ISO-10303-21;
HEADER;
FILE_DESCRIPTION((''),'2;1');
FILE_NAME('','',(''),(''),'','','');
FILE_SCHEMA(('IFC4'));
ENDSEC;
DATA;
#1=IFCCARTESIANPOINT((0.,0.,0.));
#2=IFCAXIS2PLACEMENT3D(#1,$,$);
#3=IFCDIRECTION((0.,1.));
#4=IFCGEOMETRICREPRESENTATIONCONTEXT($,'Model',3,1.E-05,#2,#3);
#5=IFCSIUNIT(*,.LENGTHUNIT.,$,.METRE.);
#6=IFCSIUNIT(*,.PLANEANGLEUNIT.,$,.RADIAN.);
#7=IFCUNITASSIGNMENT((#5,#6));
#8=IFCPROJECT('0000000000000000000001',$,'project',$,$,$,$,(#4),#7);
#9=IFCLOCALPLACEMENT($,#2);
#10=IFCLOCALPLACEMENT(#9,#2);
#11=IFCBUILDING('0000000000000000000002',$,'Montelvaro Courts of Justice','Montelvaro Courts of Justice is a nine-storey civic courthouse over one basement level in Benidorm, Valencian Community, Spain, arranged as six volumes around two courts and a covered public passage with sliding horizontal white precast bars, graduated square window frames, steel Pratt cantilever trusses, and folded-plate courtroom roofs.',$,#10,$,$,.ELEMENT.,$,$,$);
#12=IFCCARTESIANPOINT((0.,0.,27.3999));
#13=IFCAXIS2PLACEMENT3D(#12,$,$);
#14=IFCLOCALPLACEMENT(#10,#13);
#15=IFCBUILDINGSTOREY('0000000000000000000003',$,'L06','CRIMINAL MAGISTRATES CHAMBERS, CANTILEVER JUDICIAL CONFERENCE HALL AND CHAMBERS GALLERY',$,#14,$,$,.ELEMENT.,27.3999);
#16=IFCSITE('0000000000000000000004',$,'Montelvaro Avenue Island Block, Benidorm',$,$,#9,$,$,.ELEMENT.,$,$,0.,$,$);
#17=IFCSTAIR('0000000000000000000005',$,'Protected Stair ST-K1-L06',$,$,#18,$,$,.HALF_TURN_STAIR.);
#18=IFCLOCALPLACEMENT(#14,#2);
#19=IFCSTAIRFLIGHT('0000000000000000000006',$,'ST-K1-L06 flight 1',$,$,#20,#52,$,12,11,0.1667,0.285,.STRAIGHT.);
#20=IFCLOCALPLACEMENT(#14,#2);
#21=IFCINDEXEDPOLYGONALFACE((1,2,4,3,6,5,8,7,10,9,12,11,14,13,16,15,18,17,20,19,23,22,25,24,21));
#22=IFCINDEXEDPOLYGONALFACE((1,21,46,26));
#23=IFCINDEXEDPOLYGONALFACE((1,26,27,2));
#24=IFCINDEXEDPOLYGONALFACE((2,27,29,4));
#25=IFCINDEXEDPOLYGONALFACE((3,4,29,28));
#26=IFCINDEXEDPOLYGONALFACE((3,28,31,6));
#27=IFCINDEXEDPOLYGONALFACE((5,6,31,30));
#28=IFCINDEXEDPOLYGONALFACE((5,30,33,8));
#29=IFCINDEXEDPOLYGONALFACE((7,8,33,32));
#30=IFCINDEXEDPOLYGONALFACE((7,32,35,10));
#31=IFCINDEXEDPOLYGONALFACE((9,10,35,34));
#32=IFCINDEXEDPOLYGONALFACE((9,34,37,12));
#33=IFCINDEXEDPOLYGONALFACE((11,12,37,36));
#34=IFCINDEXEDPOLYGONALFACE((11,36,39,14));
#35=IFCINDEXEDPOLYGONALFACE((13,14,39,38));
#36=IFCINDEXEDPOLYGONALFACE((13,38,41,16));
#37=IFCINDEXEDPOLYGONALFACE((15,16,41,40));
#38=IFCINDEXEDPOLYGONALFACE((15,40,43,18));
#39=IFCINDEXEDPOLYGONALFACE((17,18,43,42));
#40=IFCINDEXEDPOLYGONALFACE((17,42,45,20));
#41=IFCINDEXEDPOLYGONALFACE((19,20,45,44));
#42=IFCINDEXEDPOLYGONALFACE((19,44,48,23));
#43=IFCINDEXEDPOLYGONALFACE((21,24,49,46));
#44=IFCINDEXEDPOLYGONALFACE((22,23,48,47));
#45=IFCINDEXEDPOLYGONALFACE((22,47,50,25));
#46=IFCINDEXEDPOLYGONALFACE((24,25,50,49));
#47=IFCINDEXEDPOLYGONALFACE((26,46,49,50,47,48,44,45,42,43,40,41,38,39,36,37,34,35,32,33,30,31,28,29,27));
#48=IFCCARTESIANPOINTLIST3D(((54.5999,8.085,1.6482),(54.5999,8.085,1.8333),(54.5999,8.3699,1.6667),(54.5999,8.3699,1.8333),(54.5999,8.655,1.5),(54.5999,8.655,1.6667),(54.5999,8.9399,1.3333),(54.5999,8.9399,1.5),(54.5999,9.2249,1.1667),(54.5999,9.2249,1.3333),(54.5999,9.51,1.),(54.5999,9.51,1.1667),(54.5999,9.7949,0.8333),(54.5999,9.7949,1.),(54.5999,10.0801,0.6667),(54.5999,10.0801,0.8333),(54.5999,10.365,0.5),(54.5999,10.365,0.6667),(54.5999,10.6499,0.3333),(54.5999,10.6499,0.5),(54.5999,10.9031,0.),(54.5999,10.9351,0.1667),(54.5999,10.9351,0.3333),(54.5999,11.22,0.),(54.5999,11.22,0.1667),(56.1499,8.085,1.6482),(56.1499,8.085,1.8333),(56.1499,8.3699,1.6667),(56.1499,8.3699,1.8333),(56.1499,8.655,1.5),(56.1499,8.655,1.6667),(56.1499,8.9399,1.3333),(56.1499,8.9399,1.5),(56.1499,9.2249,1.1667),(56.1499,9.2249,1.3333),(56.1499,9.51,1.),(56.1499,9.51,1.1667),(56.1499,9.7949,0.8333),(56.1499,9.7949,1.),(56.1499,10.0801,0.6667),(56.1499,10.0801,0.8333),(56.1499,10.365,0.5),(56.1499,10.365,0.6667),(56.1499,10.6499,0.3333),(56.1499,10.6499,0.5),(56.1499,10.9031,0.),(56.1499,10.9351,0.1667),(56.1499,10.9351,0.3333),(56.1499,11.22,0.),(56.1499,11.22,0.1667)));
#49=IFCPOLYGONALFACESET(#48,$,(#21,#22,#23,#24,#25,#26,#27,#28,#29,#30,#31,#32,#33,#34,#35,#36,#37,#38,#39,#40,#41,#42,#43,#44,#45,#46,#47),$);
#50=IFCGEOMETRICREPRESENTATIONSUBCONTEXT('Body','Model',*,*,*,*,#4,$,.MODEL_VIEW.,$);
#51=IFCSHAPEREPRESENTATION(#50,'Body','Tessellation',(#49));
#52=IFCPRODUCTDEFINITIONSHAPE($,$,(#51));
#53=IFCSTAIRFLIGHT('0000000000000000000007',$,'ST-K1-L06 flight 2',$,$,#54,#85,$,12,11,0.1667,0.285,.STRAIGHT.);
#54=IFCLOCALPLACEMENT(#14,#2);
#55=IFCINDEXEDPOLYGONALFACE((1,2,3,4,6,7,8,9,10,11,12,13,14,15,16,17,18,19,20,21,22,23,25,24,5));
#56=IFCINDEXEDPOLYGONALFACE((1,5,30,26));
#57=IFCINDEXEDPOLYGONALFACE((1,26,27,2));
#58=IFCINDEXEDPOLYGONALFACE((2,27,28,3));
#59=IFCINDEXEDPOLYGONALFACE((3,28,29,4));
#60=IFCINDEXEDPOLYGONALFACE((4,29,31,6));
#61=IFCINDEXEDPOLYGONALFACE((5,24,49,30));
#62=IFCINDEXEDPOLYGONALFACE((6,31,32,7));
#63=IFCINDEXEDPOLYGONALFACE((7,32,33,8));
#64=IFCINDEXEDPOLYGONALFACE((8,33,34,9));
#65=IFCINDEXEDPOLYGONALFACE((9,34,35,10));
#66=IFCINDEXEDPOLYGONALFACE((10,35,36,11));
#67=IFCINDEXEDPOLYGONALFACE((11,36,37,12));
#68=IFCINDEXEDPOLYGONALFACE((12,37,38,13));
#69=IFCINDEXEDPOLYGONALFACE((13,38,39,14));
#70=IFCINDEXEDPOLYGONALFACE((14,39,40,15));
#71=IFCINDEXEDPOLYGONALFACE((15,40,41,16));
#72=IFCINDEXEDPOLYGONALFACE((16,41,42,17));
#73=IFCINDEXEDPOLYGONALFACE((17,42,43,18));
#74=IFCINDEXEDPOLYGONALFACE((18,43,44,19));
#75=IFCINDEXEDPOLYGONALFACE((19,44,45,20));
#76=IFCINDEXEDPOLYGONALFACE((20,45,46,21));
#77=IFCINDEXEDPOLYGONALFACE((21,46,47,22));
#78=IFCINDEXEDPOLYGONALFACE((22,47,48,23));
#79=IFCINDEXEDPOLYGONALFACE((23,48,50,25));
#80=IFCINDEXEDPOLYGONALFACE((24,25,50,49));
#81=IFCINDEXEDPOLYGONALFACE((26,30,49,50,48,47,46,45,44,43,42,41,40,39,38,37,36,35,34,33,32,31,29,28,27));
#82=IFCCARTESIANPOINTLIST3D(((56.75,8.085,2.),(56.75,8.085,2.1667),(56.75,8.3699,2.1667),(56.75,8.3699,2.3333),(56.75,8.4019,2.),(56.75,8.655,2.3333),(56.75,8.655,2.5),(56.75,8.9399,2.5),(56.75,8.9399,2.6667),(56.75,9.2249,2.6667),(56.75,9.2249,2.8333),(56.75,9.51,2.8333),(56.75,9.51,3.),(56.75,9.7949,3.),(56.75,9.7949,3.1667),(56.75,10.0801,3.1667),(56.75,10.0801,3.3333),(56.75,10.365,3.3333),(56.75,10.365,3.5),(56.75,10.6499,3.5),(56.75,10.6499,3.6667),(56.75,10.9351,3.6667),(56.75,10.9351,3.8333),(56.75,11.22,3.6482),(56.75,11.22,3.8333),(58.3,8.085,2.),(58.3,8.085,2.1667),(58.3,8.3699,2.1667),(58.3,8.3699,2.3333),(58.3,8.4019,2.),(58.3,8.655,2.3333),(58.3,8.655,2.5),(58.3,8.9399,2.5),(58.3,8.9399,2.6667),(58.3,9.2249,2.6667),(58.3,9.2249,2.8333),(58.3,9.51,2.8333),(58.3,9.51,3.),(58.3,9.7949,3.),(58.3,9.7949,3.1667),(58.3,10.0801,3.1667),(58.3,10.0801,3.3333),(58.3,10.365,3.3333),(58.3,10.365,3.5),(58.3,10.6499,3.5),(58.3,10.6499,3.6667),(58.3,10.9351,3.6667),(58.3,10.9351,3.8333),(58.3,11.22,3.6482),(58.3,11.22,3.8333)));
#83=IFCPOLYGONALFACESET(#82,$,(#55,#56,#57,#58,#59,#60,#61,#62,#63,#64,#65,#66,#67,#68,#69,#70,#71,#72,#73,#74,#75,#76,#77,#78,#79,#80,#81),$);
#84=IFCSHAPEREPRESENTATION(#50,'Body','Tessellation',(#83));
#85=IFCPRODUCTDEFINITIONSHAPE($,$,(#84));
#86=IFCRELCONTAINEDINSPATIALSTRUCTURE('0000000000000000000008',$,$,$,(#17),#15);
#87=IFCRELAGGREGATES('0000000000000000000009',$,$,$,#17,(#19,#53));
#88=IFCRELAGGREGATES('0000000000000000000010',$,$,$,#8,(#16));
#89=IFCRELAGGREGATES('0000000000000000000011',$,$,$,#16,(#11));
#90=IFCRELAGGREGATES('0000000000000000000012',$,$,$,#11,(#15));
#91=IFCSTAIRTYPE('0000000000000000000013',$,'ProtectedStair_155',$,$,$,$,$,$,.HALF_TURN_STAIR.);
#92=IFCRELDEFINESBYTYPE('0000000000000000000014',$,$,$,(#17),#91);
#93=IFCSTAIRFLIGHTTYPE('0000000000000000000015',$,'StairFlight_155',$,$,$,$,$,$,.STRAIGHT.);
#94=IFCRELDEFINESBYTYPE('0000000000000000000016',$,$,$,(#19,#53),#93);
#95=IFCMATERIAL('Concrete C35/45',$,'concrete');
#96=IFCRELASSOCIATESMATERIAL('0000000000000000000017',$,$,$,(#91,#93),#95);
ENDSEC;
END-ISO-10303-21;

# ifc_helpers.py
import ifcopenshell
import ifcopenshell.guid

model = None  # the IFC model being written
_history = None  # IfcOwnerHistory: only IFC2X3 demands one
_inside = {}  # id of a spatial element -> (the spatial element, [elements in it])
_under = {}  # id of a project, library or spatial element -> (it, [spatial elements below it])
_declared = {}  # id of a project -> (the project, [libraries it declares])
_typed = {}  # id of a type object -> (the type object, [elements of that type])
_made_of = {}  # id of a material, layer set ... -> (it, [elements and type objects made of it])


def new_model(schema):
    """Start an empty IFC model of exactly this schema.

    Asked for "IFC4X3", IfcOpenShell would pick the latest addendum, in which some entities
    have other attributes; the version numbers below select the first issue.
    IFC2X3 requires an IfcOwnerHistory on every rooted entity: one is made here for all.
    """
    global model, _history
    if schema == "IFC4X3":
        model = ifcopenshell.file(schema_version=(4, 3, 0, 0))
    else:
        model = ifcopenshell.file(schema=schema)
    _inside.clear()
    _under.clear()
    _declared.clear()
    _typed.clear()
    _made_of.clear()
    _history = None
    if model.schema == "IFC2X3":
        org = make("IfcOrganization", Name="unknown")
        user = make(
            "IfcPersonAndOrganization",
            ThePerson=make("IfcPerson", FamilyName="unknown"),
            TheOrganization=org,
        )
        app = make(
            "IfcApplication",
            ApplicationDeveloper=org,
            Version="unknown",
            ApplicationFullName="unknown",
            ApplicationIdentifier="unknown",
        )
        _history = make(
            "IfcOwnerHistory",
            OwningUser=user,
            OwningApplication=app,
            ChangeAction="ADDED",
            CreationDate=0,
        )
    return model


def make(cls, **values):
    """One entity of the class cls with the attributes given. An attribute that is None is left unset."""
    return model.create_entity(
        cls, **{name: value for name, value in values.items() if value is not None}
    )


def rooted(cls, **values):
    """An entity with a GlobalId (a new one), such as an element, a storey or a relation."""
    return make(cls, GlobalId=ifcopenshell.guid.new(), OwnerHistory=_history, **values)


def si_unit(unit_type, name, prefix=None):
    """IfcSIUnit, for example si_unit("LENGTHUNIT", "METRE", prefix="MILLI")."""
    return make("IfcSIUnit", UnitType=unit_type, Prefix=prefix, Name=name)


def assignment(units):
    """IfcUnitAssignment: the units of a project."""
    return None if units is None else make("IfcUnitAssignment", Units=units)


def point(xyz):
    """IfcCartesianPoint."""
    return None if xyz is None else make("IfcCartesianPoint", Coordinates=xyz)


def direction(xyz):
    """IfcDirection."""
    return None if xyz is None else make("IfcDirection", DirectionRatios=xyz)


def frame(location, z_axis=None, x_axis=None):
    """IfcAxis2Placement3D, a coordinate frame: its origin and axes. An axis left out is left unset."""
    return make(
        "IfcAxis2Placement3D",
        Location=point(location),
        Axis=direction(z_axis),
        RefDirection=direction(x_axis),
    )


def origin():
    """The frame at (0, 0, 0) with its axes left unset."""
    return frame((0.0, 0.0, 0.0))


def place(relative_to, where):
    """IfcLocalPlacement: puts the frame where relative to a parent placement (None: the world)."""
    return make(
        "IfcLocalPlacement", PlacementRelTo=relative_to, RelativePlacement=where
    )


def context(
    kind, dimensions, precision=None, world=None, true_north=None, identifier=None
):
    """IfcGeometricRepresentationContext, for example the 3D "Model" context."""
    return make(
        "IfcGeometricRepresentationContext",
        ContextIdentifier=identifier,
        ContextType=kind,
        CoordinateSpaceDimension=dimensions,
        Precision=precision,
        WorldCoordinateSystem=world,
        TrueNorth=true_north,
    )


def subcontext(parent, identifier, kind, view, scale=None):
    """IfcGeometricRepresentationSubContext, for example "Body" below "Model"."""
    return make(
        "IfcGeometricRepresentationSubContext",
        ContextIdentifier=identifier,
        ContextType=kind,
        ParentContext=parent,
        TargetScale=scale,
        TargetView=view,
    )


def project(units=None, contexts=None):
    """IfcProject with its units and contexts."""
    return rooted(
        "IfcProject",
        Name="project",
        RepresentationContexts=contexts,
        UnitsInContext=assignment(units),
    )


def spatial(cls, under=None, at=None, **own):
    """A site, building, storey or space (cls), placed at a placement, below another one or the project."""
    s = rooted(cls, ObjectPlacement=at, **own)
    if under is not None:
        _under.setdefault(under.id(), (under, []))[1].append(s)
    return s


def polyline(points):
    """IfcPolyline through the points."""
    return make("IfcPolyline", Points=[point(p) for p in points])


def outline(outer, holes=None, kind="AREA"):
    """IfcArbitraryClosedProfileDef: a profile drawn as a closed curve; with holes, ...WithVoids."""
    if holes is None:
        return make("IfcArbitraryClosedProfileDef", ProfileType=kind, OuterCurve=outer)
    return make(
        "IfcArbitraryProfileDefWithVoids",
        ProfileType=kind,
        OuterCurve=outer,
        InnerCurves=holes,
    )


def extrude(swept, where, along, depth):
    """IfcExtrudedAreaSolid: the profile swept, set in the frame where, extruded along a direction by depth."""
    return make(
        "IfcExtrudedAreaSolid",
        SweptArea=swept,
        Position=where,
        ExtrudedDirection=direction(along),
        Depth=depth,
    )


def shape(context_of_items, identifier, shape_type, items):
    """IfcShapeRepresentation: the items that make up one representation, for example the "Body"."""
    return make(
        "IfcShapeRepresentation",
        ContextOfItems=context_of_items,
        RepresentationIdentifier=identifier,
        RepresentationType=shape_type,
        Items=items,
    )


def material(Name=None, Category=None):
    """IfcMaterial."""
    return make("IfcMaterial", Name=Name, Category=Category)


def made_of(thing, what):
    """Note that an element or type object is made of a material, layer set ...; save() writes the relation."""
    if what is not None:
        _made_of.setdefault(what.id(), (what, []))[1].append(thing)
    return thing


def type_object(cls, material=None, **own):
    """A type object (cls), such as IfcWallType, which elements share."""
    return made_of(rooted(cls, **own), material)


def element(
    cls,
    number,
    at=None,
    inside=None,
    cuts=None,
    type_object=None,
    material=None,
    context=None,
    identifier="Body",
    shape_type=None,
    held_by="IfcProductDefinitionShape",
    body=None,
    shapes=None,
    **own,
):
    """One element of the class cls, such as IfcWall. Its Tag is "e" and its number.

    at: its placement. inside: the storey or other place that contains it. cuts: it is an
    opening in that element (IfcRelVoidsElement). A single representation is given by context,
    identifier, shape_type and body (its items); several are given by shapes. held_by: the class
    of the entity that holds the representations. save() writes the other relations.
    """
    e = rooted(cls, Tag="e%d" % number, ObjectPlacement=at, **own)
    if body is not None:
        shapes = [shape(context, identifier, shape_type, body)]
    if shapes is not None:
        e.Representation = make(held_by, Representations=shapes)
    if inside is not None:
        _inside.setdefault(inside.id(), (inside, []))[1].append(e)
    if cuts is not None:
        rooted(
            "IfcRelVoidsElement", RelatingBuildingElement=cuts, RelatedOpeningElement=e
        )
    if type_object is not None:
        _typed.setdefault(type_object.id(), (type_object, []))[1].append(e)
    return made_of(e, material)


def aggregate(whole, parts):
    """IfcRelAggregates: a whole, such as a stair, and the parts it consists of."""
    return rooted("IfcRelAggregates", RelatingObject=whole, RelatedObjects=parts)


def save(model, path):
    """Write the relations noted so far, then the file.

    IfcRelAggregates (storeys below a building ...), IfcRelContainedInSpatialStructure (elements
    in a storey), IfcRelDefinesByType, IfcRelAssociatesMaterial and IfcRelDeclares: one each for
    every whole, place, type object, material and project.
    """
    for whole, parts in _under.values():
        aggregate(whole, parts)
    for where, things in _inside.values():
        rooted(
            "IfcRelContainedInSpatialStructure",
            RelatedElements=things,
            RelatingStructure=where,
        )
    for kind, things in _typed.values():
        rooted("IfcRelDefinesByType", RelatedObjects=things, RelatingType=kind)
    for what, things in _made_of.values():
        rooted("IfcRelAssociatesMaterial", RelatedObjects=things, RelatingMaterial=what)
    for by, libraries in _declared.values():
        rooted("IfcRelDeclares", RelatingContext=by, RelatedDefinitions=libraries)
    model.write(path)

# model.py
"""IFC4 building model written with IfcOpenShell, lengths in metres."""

from ifc_helpers import new_model, si_unit, direction, frame, origin, place, context, subcontext, project, spatial, polyline, outline, extrude, material, type_object, element, aggregate, save


model = new_model("IFC4")

# Units and contexts
model_context = context("Model", 3, precision=1e-05, world=origin(), true_north=direction((0.0, 1.0)))
body_context = subcontext(model_context, "Body", "Model", "MODEL_VIEW")
ifc_project = project(units=[si_unit("LENGTHUNIT", "METRE"), si_unit("PLANEANGLEUNIT", "RADIAN")], contexts=[model_context])

# Site, building, storey
site_placement = place(None, origin())
site = spatial("IfcSite", under=ifc_project, at=site_placement, Name="Montelvaro Avenue Island Block, Benidorm", CompositionType="ELEMENT", RefElevation=0.0)
building_placement = place(site_placement, origin())
building = spatial("IfcBuilding", under=site, at=building_placement, Name="Montelvaro Courts of Justice", Description="Montelvaro Courts of Justice is a nine-storey civic courthouse over one basement level in Benidorm, Valencian Community, Spain, arranged as six volumes around two courts and a covered public passage with sliding horizontal white precast bars, graduated square window frames, steel Pratt cantilever trusses, and folded-plate courtroom roofs.", CompositionType="ELEMENT")
storey_placement = place(building_placement, frame((0.0, 0.0, 27.3999)))
storey = spatial("IfcBuildingStorey", under=building, at=storey_placement, Name="L06", Description="CRIMINAL MAGISTRATES CHAMBERS, CANTILEVER JUDICIAL CONFERENCE HALL AND CHAMBERS GALLERY", CompositionType="ELEMENT", Elevation=27.3999)

# Shared definitions
ifc_material_1 = material(Name="Concrete C35/45", Category="concrete")

# Stair, stair flights
stair_type = type_object("IfcStairType", Name="ProtectedStair_155", PredefinedType="HALF_TURN_STAIR", material=ifc_material_1)
stair_placement = place(storey_placement, origin())
stair = element("IfcStair", 1, at=stair_placement, inside=storey, type_object=stair_type, Name="Protected Stair ST-K1-L06", PredefinedType="HALF_TURN_STAIR")
stair_flight_type = type_object("IfcStairFlightType", Name="StairFlight_155", PredefinedType="STRAIGHT", material=ifc_material_1)
stair_flight_1_placement = place(storey_placement, frame((55.375, 11.22, 0.0), z_axis=(0.0, 0.0, 1.0), x_axis=(0.0, -1.0, 0.0)))
stair_flight_1 = element("IfcStairFlight", 2, at=stair_flight_1_placement, type_object=stair_flight_type, Name="ST-K1-L06 flight 1", NumberOfRisers=12, NumberOfTreads=11, PredefinedType="STRAIGHT", RiserHeight=0.1667, TreadLength=0.285, context=body_context, shape_type="SweptSolid", body=[
    extrude(outline(polyline([(0.0, 0.0), (0.0, 0.1667), (0.2849, 0.1667), (0.2849, 0.3333), (0.5701, 0.3333), (0.5701, 0.5), (0.855, 0.5), (0.855, 0.6667), (1.1399, 0.6667), (1.1399, 0.8333), (1.425, 0.8333), (1.425, 1.0), (1.71, 1.0), (1.71, 1.1667), (1.9951, 1.1667), (1.9951, 1.3333), (2.28, 1.3333), (2.28, 1.5), (2.5649, 1.5), (2.5649, 1.6667), (2.8501, 1.6667), (2.8501, 1.8333), (3.135, 1.8333), (3.135, 2.0), (3.135, 1.6482), (0.3169, 0.0), (0.0, 0.0)])), frame((0.0, 0.7749, 0.0), z_axis=(0.0, -1.0, 0.0), x_axis=(1.0, 0.0, 0.0)), (0.0, 0.0, 1.0), 1.55),
])
stair_flight_2_placement = place(storey_placement, frame((57.5249, 8.085, 2.0), z_axis=(0.0, 0.0, 1.0), x_axis=(0.0, 1.0, 0.0)))
stair_flight_2 = element("IfcStairFlight", 3, at=stair_flight_2_placement, type_object=stair_flight_type, Name="ST-K1-L06 flight 2", NumberOfRisers=12, NumberOfTreads=11, PredefinedType="STRAIGHT", RiserHeight=0.1667, TreadLength=0.285, context=body_context, shape_type="SweptSolid", body=[
    extrude(outline(polyline([(0.0, 0.0), (0.0, 0.1667), (0.2849, 0.1667), (0.2849, 0.3333), (0.5701, 0.3333), (0.5701, 0.5), (0.855, 0.5), (0.855, 0.6667), (1.1399, 0.6667), (1.1399, 0.8333), (1.425, 0.8333), (1.425, 1.0), (1.71, 1.0), (1.71, 1.1667), (1.9951, 1.1667), (1.9951, 1.3333), (2.28, 1.3333), (2.28, 1.5), (2.5649, 1.5), (2.5649, 1.6667), (2.8501, 1.6667), (2.8501, 1.8333), (3.135, 1.8333), (3.135, 2.0), (3.135, 1.6482), (0.3169, 0.0), (0.0, 0.0)])), frame((0.0, 0.7749, 0.0), z_axis=(0.0, -1.0, 0.0), x_axis=(1.0, 0.0, 0.0)), (0.0, 0.0, 1.0), 1.55),
])
aggregate(stair, [stair_flight_1, stair_flight_2])

save(model, "model.ifc")
